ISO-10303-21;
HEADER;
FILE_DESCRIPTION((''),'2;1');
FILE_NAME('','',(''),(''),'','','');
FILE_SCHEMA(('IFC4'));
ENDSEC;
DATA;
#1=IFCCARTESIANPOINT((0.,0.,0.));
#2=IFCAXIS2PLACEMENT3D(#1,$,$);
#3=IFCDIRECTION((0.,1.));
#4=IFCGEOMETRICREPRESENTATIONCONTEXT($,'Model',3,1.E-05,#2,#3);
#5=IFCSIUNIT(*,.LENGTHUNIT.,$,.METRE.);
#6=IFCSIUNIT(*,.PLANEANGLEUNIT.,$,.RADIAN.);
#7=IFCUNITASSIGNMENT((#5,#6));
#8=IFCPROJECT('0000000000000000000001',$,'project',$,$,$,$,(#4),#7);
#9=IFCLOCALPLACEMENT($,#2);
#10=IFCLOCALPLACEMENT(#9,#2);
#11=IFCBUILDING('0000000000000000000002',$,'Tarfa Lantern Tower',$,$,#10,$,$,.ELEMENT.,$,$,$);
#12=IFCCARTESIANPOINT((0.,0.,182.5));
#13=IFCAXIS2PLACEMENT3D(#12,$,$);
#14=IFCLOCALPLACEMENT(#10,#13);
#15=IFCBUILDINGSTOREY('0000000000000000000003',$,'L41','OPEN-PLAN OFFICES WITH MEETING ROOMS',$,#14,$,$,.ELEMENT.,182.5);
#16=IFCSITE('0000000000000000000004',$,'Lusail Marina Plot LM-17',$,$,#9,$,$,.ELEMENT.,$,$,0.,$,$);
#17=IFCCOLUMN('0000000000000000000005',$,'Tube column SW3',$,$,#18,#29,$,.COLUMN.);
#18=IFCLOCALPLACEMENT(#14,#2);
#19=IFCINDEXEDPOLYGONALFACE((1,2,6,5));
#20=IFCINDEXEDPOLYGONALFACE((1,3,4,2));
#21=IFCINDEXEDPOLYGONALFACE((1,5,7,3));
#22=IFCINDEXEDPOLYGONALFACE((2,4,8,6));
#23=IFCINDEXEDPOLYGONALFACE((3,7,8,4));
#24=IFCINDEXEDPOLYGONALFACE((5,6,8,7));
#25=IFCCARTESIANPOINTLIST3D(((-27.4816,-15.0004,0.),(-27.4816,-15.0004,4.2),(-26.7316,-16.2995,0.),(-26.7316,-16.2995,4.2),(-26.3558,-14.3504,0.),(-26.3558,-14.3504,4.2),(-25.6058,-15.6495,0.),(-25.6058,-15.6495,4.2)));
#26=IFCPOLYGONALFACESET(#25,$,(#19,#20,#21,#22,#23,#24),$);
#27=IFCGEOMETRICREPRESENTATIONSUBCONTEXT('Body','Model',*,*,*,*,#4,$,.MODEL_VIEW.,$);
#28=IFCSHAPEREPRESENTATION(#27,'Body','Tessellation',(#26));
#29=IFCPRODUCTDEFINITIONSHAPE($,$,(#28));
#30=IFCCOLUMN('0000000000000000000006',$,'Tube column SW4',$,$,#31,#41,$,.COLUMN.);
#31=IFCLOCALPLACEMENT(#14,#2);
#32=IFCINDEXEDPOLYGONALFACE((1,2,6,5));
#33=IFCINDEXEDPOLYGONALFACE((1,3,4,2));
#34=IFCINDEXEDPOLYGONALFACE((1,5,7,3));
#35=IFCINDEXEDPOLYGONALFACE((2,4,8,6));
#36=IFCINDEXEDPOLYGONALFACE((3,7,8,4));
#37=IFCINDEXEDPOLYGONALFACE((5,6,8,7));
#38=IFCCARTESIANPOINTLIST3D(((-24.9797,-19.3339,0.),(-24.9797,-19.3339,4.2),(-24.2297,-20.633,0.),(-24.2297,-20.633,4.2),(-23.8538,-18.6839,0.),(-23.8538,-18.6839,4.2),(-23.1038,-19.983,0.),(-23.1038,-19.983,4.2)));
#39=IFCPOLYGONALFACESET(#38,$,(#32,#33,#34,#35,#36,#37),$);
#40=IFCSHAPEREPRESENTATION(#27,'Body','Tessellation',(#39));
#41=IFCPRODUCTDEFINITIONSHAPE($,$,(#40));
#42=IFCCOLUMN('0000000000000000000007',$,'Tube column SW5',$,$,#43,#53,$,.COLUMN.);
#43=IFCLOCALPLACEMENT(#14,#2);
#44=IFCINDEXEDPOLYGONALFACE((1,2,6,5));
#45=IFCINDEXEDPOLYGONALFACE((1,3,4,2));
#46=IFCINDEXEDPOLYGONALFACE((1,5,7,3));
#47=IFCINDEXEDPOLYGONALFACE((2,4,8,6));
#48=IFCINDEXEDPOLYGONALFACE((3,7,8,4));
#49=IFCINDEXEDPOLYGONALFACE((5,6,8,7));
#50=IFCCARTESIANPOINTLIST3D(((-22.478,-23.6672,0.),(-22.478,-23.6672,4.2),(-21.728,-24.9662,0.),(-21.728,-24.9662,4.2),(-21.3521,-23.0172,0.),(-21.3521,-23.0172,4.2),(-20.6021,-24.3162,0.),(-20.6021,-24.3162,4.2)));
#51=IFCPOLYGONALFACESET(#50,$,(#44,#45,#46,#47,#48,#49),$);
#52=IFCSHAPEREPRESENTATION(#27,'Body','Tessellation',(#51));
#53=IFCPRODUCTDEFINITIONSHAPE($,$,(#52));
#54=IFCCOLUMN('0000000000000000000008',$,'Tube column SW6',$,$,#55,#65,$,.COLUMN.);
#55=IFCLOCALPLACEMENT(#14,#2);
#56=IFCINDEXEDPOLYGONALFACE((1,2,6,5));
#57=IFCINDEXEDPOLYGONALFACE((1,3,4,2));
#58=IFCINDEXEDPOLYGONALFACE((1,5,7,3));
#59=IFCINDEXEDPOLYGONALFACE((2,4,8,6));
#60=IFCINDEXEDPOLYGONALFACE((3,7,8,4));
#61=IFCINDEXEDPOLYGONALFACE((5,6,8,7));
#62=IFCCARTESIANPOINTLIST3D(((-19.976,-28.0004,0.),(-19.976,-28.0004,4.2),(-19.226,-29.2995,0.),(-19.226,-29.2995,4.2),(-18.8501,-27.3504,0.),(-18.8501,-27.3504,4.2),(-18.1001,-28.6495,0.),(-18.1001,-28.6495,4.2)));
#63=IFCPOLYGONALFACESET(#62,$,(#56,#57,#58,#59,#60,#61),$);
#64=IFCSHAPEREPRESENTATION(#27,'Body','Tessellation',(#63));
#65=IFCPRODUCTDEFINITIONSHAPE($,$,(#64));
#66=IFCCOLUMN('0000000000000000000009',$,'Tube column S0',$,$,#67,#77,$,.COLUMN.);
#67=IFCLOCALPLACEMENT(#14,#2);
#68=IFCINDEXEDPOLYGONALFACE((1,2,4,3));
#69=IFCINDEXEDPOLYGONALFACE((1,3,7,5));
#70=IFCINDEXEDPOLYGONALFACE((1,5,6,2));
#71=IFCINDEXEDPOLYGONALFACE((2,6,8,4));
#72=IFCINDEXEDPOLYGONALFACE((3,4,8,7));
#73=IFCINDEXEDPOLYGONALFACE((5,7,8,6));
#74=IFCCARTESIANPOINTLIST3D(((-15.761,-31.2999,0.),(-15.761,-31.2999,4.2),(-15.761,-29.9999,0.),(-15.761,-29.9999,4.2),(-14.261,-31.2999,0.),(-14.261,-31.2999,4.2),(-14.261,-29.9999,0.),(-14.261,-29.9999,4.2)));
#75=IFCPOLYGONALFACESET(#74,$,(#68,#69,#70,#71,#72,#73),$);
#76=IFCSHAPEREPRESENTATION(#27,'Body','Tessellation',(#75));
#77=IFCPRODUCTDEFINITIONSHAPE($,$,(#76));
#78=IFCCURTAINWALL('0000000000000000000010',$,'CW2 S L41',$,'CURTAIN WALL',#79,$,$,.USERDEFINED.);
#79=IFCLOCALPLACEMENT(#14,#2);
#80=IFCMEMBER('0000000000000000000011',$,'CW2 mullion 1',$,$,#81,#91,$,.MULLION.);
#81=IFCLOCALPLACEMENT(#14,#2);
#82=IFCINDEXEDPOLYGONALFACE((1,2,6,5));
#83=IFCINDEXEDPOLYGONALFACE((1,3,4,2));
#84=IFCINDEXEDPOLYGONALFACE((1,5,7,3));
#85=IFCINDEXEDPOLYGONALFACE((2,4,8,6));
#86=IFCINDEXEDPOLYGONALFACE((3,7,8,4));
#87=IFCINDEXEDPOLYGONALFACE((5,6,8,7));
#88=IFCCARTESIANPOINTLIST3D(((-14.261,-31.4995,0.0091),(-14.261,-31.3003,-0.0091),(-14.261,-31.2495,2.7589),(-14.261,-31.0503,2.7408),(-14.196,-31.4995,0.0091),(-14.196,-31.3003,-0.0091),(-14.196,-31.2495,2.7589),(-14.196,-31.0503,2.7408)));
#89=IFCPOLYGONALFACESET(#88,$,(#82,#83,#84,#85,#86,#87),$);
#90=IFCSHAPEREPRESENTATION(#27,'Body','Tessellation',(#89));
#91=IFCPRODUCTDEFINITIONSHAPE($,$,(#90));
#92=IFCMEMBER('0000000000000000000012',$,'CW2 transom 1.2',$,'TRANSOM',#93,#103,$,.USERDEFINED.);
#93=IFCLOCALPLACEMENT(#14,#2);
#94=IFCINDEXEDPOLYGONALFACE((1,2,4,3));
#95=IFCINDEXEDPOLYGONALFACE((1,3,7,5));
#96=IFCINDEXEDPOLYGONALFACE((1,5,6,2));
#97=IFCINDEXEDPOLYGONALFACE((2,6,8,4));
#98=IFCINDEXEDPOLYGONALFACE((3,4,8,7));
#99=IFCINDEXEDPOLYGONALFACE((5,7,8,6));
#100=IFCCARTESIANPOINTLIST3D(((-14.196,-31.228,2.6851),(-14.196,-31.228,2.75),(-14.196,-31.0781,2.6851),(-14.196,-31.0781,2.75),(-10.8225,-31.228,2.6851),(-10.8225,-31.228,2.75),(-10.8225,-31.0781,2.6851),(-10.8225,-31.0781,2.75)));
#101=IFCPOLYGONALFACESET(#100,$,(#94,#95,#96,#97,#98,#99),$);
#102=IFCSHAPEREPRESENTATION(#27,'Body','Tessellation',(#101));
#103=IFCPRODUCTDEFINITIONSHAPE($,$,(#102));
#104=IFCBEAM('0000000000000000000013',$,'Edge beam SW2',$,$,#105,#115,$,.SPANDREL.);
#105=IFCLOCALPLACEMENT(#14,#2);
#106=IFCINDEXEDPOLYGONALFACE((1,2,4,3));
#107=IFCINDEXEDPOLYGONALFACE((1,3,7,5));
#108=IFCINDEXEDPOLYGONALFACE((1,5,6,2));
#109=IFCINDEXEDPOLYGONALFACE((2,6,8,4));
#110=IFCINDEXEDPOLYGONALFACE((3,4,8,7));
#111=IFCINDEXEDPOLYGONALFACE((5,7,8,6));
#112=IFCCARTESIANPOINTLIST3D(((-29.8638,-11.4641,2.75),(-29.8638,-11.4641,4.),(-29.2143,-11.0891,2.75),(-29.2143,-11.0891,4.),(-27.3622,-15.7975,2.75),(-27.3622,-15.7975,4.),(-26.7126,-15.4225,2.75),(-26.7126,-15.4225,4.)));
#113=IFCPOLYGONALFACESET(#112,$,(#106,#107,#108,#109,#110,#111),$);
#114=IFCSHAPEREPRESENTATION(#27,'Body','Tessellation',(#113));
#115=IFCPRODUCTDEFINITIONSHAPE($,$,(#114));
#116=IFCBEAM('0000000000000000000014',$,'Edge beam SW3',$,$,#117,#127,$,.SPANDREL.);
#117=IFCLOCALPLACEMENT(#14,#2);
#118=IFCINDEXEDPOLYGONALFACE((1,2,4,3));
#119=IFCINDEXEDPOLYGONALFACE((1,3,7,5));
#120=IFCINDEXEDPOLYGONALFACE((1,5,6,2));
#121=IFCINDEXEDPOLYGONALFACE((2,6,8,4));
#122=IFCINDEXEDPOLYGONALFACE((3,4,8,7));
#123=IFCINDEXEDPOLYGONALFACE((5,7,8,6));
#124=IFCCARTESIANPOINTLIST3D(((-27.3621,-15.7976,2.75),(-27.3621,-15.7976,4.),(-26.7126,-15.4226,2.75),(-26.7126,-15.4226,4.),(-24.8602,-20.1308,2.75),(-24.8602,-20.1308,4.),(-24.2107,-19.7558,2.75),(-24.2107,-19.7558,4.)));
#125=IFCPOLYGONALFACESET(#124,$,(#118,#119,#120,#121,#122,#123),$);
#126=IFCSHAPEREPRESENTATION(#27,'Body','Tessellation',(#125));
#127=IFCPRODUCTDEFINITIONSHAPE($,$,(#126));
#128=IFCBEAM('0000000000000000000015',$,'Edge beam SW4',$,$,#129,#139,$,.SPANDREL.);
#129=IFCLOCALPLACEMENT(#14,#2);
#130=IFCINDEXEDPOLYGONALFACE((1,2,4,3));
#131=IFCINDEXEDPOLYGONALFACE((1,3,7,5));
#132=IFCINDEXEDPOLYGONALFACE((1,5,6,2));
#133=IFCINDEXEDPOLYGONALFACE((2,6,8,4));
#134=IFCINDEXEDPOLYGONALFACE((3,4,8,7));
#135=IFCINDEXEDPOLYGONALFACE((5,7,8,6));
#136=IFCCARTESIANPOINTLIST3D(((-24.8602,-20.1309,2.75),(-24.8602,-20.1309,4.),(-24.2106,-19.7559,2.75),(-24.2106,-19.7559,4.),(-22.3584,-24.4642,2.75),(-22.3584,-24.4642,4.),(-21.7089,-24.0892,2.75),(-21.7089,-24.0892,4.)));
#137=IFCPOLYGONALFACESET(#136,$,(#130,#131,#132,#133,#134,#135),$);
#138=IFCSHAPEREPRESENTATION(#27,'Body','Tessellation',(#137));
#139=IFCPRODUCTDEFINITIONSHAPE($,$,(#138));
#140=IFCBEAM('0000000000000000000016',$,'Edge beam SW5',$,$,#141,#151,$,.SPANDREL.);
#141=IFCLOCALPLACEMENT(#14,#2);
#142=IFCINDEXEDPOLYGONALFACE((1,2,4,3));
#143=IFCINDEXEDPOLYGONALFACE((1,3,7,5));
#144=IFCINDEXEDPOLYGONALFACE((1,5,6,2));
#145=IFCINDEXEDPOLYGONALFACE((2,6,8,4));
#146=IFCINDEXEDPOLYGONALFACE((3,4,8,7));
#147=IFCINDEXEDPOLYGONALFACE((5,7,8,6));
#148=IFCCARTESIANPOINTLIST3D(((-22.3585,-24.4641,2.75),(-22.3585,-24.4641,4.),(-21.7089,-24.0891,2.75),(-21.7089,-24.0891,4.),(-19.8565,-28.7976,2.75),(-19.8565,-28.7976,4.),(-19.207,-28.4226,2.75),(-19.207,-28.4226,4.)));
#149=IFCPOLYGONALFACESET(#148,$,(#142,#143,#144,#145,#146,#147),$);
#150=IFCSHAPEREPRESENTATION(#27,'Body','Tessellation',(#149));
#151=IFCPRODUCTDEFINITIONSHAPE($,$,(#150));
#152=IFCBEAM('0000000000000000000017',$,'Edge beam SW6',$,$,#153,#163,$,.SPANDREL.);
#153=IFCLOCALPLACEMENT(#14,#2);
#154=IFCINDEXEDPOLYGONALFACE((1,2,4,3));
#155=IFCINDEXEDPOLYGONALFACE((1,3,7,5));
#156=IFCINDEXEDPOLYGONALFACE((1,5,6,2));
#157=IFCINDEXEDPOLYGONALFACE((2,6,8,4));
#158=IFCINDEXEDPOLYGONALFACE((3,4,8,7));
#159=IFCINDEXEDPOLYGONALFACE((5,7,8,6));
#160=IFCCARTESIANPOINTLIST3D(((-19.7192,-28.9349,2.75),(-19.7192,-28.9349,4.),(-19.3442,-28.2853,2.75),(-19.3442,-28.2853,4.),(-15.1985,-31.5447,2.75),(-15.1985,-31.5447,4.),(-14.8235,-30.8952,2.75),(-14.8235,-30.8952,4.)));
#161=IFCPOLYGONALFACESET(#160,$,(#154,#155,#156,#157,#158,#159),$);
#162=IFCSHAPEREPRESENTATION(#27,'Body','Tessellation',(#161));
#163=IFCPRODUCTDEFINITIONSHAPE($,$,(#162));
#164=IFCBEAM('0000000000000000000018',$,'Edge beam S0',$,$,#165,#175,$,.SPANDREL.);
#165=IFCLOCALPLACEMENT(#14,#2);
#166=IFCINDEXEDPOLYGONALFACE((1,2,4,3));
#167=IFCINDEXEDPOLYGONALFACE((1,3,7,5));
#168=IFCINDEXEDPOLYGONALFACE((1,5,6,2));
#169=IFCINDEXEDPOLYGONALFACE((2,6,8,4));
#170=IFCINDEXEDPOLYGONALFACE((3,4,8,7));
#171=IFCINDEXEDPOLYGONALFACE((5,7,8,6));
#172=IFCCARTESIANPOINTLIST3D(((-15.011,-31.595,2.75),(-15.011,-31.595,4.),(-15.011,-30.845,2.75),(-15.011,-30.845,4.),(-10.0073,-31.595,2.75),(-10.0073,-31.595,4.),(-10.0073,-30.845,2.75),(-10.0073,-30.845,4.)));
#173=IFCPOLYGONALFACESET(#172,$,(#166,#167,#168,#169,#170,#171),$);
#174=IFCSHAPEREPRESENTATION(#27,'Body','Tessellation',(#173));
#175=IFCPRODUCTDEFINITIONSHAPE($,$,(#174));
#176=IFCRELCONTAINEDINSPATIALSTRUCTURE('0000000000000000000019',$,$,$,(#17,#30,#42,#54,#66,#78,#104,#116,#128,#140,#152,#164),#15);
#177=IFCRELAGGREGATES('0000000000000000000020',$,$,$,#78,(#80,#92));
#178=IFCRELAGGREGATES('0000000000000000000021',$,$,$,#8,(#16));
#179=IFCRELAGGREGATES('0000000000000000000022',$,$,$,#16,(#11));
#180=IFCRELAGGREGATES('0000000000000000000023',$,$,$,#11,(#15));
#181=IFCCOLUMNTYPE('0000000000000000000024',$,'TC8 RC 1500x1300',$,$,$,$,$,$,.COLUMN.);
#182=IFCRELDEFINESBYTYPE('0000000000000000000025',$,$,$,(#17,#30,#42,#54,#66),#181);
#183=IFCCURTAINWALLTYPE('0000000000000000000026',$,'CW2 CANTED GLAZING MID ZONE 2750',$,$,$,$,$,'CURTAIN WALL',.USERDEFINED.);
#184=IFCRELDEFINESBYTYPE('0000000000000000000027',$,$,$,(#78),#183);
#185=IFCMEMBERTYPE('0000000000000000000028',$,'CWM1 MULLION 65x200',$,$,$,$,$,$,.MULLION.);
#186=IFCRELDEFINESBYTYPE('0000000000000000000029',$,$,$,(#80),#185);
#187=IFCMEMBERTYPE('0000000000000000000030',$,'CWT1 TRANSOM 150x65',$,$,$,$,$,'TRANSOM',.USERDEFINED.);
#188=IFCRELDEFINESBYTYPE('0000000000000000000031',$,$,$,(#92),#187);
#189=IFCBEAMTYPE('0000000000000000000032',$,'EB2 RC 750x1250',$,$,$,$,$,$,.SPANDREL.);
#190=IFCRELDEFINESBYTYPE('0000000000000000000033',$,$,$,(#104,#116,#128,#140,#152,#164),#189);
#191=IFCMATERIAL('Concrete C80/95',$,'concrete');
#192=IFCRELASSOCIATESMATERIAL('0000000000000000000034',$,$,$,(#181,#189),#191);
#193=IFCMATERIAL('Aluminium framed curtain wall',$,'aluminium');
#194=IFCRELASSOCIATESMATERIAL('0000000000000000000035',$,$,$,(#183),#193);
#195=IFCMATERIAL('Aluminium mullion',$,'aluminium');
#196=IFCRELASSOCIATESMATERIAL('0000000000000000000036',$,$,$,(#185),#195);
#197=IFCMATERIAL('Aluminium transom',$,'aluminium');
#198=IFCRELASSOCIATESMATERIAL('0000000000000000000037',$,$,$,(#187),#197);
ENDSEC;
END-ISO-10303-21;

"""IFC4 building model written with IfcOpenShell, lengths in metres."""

from ifc_helpers import new_model, si_unit, direction, frame, origin, origin_2d, place, context, subcontext, project, spatial, rectangle, extrude, material, material_profile, profile_set, type_object, element, aggregate, save


model = new_model("IFC4")

# Units and contexts
model_context = context("Model", 3, precision=1e-05, world=origin(), true_north=direction((0.0, 1.0)))
body_context = subcontext(model_context, "Body", "Model", "MODEL_VIEW")
ifc_project = project(units=[si_unit("LENGTHUNIT", "METRE"), si_unit("PLANEANGLEUNIT", "RADIAN")], contexts=[model_context])

# Site, building, storey
site_placement = place(None, origin())
site = spatial("IfcSite", under=ifc_project, at=site_placement, Name="Lusail Marina Plot LM-17", CompositionType="ELEMENT", RefElevation=0.0)
building_placement = place(site_placement, origin())
building = spatial("IfcBuilding", under=site, at=building_placement, Name="Tarfa Lantern Tower", CompositionType="ELEMENT")
storey_placement = place(building_placement, frame((0.0, 0.0, 182.5)))
storey = spatial("IfcBuildingStorey", under=building, at=storey_placement, Name="L41", Description="OPEN-PLAN OFFICES WITH MEETING ROOMS", CompositionType="ELEMENT", Elevation=182.5)

# Columns
ifc_material_1 = material(Name="Concrete C80/95", Category="concrete")
ifc_material_profile_1 = material_profile(ifc_material_1, rectangle(XDim=1.5, YDim=1.3, at=origin_2d()), Name="RC 1500x1300")
ifc_profile_set_1 = profile_set([ifc_material_profile_1], Name="Concrete C80/95")
column_type = type_object("IfcColumnType", Name="TC8 RC 1500x1300", PredefinedType="COLUMN", material=ifc_profile_set_1)
for number, where, z_axis, x_axis, name in (
    (1, (-26.5437, -15.325, 0.0), (0.0, 0.0, 1.0), (0.5, -0.866025, 0.0), "Tube column SW3"),
    (2, (-24.0417, -19.6584, 0.0), (0.0, 0.0, 1.0), (0.5, -0.866025, 0.0), "Tube column SW4"),
    (3, (-21.54, -23.9917, 0.0), (0.0, 0.0, 1.0), (0.5, -0.866025, 0.0), "Tube column SW5"),
    (4, (-19.0381, -28.325, 0.0), (0.0, 0.0, 1.0), (0.5, -0.866025, 0.0), "Tube column SW6"),
    (5, (-15.011, -30.6499, 0.0), (0.0, 0.0, 1.0), (1.0, 0.0, 0.0), "Tube column S0"),
):
    element("IfcColumn", number, at=place(storey_placement, frame(where, z_axis=z_axis, x_axis=x_axis)), inside=storey, type_object=column_type, Name=name, PredefinedType="COLUMN", context=body_context, shape_type="SweptSolid", body=[
        extrude(rectangle(XDim=1.5, YDim=1.3, at=origin_2d()), origin(), (0.0, 0.0, 1.0), 4.2),
    ])

# Curtain wall, members
ifc_material_2 = material(Name="Aluminium framed curtain wall", Category="aluminium")
curtain_wall_type = type_object("IfcCurtainWallType", Name="CW2 CANTED GLAZING MID ZONE 2750", ElementType="CURTAIN WALL", PredefinedType="USERDEFINED", material=ifc_material_2)
curtain_wall_placement = place(storey_placement, origin())
curtain_wall = element("IfcCurtainWall", 6, at=curtain_wall_placement, inside=storey, type_object=curtain_wall_type, Name="CW2 S L41", ObjectType="CURTAIN WALL", PredefinedType="USERDEFINED")
ifc_material_3 = material(Name="Aluminium mullion", Category="aluminium")
ifc_material_profile_2 = material_profile(ifc_material_3, rectangle(XDim=0.0649, YDim=0.2, at=origin_2d()), Name="AL MULLION 65x200")
ifc_profile_set_2 = profile_set([ifc_material_profile_2], Name="Aluminium mullion")
member_type_1 = type_object("IfcMemberType", Name="CWM1 MULLION 65x200", PredefinedType="MULLION", material=ifc_profile_set_2)
member_1_placement = place(storey_placement, frame((-14.2285, -31.3999, 0.0), z_axis=(0.0, 0.090536, 0.995893), x_axis=(-1.0, 0.0, 0.0)))
member_1 = element("IfcMember", 7, at=member_1_placement, type_object=member_type_1, Name="CW2 mullion 1", PredefinedType="MULLION", context=body_context, shape_type="SweptSolid", body=[
    extrude(rectangle(XDim=0.0649, YDim=0.2, at=origin_2d()), origin(), (0.0, 0.0, 1.0), 2.7612),
])
ifc_material_4 = material(Name="Aluminium transom", Category="aluminium")
ifc_material_profile_3 = material_profile(ifc_material_4, rectangle(XDim=0.1499, YDim=0.0649, at=origin_2d()), Name="AL TRANSOM 150x65")
ifc_profile_set_3 = profile_set([ifc_material_profile_3], Name="Aluminium transom")
member_type_2 = type_object("IfcMemberType", Name="CWT1 TRANSOM 150x65", ElementType="TRANSOM", PredefinedType="USERDEFINED", material=ifc_profile_set_3)
member_2_placement = place(storey_placement, frame((-14.196, -31.1531, 2.7175), z_axis=(1.0, 0.0, 0.0), x_axis=(0.0, 1.0, 0.0)))
member_2 = element("IfcMember", 8, at=member_2_placement, type_object=member_type_2, Name="CW2 transom 1.2", ObjectType="TRANSOM", PredefinedType="USERDEFINED", context=body_context, shape_type="SweptSolid", body=[
    extrude(rectangle(XDim=0.1499, YDim=0.0649, at=origin_2d()), origin(), (0.0, 0.0, 1.0), 3.3735),
])

# Beams
ifc_material_profile_4 = material_profile(ifc_material_1, rectangle(XDim=0.75, YDim=1.25, at=origin_2d()), Name="RC 750x1250")
ifc_profile_set_4 = profile_set([ifc_material_profile_4], Name="Concrete C80/95")
beam_type_1 = type_object("IfcBeamType", Name="EB2 RC 750x1250", PredefinedType="SPANDREL", material=ifc_profile_set_4)
for number, where, z_axis, x_axis, name in (
    (9, (-29.5391, -11.2766, 3.375), (0.499965, -0.866046, 0.0), (0.866046, 0.499965, 0.0), "Edge beam SW2"),
    (10, (-27.0374, -15.6101, 3.375), (0.500022, -0.866013, 0.0), (0.866013, 0.500022, 0.0), "Edge beam SW3"),
    (11, (-24.5354, -19.9434, 3.375), (0.499986, -0.866034, 0.0), (0.866034, 0.499986, 0.0), "Edge beam SW4"),
):
    element("IfcBeam", number, at=place(storey_placement, frame(where, z_axis=z_axis, x_axis=x_axis)), inside=storey, type_object=beam_type_1, Name=name, PredefinedType="SPANDREL", context=body_context, shape_type="SweptSolid", body=[
        extrude(rectangle(XDim=0.75, YDim=1.25, at=origin_2d()), origin(), (0.0, 0.0, 1.0), 5.0037),
    ])
beam_1_placement = place(storey_placement, frame((-22.0337, -24.2766, 3.375), z_axis=(0.500001, -0.866025, 0.0), x_axis=(0.866025, 0.500001, 0.0)))
element("IfcBeam", 12, at=beam_1_placement, inside=storey, type_object=beam_type_1, Name="Edge beam SW5", PredefinedType="SPANDREL", context=body_context, shape_type="SweptSolid", body=[
    extrude(rectangle(XDim=0.75, YDim=1.25, at=origin_2d()), origin(), (0.0, 0.0, 1.0), 5.0039),
])
beam_2_placement = place(storey_placement, frame((-19.5317, -28.6101, 3.375), z_axis=(0.866042, -0.499972, 0.0), x_axis=(0.499972, 0.866042, 0.0)))
element("IfcBeam", 13, at=beam_2_placement, inside=storey, type_object=beam_type_1, Name="Edge beam SW6", PredefinedType="SPANDREL", context=body_context, shape_type="SweptSolid", body=[
    extrude(rectangle(XDim=0.75, YDim=1.25, at=origin_2d()), origin(), (0.0, 0.0, 1.0), 5.22),
])
beam_3_placement = place(storey_placement, frame((-15.011, -31.22, 3.375), z_axis=(1.0, 0.0, 0.0), x_axis=(0.0, 1.0, 0.0)))
element("IfcBeam", 14, at=beam_3_placement, inside=storey, type_object=beam_type_1, Name="Edge beam S0", PredefinedType="SPANDREL", context=body_context, shape_type="SweptSolid", body=[
    extrude(rectangle(XDim=0.75, YDim=1.25, at=origin_2d()), origin(), (0.0, 0.0, 1.0), 5.0037),
])

aggregate(curtain_wall, [member_1, member_2])

save(model, "model.ifc")
